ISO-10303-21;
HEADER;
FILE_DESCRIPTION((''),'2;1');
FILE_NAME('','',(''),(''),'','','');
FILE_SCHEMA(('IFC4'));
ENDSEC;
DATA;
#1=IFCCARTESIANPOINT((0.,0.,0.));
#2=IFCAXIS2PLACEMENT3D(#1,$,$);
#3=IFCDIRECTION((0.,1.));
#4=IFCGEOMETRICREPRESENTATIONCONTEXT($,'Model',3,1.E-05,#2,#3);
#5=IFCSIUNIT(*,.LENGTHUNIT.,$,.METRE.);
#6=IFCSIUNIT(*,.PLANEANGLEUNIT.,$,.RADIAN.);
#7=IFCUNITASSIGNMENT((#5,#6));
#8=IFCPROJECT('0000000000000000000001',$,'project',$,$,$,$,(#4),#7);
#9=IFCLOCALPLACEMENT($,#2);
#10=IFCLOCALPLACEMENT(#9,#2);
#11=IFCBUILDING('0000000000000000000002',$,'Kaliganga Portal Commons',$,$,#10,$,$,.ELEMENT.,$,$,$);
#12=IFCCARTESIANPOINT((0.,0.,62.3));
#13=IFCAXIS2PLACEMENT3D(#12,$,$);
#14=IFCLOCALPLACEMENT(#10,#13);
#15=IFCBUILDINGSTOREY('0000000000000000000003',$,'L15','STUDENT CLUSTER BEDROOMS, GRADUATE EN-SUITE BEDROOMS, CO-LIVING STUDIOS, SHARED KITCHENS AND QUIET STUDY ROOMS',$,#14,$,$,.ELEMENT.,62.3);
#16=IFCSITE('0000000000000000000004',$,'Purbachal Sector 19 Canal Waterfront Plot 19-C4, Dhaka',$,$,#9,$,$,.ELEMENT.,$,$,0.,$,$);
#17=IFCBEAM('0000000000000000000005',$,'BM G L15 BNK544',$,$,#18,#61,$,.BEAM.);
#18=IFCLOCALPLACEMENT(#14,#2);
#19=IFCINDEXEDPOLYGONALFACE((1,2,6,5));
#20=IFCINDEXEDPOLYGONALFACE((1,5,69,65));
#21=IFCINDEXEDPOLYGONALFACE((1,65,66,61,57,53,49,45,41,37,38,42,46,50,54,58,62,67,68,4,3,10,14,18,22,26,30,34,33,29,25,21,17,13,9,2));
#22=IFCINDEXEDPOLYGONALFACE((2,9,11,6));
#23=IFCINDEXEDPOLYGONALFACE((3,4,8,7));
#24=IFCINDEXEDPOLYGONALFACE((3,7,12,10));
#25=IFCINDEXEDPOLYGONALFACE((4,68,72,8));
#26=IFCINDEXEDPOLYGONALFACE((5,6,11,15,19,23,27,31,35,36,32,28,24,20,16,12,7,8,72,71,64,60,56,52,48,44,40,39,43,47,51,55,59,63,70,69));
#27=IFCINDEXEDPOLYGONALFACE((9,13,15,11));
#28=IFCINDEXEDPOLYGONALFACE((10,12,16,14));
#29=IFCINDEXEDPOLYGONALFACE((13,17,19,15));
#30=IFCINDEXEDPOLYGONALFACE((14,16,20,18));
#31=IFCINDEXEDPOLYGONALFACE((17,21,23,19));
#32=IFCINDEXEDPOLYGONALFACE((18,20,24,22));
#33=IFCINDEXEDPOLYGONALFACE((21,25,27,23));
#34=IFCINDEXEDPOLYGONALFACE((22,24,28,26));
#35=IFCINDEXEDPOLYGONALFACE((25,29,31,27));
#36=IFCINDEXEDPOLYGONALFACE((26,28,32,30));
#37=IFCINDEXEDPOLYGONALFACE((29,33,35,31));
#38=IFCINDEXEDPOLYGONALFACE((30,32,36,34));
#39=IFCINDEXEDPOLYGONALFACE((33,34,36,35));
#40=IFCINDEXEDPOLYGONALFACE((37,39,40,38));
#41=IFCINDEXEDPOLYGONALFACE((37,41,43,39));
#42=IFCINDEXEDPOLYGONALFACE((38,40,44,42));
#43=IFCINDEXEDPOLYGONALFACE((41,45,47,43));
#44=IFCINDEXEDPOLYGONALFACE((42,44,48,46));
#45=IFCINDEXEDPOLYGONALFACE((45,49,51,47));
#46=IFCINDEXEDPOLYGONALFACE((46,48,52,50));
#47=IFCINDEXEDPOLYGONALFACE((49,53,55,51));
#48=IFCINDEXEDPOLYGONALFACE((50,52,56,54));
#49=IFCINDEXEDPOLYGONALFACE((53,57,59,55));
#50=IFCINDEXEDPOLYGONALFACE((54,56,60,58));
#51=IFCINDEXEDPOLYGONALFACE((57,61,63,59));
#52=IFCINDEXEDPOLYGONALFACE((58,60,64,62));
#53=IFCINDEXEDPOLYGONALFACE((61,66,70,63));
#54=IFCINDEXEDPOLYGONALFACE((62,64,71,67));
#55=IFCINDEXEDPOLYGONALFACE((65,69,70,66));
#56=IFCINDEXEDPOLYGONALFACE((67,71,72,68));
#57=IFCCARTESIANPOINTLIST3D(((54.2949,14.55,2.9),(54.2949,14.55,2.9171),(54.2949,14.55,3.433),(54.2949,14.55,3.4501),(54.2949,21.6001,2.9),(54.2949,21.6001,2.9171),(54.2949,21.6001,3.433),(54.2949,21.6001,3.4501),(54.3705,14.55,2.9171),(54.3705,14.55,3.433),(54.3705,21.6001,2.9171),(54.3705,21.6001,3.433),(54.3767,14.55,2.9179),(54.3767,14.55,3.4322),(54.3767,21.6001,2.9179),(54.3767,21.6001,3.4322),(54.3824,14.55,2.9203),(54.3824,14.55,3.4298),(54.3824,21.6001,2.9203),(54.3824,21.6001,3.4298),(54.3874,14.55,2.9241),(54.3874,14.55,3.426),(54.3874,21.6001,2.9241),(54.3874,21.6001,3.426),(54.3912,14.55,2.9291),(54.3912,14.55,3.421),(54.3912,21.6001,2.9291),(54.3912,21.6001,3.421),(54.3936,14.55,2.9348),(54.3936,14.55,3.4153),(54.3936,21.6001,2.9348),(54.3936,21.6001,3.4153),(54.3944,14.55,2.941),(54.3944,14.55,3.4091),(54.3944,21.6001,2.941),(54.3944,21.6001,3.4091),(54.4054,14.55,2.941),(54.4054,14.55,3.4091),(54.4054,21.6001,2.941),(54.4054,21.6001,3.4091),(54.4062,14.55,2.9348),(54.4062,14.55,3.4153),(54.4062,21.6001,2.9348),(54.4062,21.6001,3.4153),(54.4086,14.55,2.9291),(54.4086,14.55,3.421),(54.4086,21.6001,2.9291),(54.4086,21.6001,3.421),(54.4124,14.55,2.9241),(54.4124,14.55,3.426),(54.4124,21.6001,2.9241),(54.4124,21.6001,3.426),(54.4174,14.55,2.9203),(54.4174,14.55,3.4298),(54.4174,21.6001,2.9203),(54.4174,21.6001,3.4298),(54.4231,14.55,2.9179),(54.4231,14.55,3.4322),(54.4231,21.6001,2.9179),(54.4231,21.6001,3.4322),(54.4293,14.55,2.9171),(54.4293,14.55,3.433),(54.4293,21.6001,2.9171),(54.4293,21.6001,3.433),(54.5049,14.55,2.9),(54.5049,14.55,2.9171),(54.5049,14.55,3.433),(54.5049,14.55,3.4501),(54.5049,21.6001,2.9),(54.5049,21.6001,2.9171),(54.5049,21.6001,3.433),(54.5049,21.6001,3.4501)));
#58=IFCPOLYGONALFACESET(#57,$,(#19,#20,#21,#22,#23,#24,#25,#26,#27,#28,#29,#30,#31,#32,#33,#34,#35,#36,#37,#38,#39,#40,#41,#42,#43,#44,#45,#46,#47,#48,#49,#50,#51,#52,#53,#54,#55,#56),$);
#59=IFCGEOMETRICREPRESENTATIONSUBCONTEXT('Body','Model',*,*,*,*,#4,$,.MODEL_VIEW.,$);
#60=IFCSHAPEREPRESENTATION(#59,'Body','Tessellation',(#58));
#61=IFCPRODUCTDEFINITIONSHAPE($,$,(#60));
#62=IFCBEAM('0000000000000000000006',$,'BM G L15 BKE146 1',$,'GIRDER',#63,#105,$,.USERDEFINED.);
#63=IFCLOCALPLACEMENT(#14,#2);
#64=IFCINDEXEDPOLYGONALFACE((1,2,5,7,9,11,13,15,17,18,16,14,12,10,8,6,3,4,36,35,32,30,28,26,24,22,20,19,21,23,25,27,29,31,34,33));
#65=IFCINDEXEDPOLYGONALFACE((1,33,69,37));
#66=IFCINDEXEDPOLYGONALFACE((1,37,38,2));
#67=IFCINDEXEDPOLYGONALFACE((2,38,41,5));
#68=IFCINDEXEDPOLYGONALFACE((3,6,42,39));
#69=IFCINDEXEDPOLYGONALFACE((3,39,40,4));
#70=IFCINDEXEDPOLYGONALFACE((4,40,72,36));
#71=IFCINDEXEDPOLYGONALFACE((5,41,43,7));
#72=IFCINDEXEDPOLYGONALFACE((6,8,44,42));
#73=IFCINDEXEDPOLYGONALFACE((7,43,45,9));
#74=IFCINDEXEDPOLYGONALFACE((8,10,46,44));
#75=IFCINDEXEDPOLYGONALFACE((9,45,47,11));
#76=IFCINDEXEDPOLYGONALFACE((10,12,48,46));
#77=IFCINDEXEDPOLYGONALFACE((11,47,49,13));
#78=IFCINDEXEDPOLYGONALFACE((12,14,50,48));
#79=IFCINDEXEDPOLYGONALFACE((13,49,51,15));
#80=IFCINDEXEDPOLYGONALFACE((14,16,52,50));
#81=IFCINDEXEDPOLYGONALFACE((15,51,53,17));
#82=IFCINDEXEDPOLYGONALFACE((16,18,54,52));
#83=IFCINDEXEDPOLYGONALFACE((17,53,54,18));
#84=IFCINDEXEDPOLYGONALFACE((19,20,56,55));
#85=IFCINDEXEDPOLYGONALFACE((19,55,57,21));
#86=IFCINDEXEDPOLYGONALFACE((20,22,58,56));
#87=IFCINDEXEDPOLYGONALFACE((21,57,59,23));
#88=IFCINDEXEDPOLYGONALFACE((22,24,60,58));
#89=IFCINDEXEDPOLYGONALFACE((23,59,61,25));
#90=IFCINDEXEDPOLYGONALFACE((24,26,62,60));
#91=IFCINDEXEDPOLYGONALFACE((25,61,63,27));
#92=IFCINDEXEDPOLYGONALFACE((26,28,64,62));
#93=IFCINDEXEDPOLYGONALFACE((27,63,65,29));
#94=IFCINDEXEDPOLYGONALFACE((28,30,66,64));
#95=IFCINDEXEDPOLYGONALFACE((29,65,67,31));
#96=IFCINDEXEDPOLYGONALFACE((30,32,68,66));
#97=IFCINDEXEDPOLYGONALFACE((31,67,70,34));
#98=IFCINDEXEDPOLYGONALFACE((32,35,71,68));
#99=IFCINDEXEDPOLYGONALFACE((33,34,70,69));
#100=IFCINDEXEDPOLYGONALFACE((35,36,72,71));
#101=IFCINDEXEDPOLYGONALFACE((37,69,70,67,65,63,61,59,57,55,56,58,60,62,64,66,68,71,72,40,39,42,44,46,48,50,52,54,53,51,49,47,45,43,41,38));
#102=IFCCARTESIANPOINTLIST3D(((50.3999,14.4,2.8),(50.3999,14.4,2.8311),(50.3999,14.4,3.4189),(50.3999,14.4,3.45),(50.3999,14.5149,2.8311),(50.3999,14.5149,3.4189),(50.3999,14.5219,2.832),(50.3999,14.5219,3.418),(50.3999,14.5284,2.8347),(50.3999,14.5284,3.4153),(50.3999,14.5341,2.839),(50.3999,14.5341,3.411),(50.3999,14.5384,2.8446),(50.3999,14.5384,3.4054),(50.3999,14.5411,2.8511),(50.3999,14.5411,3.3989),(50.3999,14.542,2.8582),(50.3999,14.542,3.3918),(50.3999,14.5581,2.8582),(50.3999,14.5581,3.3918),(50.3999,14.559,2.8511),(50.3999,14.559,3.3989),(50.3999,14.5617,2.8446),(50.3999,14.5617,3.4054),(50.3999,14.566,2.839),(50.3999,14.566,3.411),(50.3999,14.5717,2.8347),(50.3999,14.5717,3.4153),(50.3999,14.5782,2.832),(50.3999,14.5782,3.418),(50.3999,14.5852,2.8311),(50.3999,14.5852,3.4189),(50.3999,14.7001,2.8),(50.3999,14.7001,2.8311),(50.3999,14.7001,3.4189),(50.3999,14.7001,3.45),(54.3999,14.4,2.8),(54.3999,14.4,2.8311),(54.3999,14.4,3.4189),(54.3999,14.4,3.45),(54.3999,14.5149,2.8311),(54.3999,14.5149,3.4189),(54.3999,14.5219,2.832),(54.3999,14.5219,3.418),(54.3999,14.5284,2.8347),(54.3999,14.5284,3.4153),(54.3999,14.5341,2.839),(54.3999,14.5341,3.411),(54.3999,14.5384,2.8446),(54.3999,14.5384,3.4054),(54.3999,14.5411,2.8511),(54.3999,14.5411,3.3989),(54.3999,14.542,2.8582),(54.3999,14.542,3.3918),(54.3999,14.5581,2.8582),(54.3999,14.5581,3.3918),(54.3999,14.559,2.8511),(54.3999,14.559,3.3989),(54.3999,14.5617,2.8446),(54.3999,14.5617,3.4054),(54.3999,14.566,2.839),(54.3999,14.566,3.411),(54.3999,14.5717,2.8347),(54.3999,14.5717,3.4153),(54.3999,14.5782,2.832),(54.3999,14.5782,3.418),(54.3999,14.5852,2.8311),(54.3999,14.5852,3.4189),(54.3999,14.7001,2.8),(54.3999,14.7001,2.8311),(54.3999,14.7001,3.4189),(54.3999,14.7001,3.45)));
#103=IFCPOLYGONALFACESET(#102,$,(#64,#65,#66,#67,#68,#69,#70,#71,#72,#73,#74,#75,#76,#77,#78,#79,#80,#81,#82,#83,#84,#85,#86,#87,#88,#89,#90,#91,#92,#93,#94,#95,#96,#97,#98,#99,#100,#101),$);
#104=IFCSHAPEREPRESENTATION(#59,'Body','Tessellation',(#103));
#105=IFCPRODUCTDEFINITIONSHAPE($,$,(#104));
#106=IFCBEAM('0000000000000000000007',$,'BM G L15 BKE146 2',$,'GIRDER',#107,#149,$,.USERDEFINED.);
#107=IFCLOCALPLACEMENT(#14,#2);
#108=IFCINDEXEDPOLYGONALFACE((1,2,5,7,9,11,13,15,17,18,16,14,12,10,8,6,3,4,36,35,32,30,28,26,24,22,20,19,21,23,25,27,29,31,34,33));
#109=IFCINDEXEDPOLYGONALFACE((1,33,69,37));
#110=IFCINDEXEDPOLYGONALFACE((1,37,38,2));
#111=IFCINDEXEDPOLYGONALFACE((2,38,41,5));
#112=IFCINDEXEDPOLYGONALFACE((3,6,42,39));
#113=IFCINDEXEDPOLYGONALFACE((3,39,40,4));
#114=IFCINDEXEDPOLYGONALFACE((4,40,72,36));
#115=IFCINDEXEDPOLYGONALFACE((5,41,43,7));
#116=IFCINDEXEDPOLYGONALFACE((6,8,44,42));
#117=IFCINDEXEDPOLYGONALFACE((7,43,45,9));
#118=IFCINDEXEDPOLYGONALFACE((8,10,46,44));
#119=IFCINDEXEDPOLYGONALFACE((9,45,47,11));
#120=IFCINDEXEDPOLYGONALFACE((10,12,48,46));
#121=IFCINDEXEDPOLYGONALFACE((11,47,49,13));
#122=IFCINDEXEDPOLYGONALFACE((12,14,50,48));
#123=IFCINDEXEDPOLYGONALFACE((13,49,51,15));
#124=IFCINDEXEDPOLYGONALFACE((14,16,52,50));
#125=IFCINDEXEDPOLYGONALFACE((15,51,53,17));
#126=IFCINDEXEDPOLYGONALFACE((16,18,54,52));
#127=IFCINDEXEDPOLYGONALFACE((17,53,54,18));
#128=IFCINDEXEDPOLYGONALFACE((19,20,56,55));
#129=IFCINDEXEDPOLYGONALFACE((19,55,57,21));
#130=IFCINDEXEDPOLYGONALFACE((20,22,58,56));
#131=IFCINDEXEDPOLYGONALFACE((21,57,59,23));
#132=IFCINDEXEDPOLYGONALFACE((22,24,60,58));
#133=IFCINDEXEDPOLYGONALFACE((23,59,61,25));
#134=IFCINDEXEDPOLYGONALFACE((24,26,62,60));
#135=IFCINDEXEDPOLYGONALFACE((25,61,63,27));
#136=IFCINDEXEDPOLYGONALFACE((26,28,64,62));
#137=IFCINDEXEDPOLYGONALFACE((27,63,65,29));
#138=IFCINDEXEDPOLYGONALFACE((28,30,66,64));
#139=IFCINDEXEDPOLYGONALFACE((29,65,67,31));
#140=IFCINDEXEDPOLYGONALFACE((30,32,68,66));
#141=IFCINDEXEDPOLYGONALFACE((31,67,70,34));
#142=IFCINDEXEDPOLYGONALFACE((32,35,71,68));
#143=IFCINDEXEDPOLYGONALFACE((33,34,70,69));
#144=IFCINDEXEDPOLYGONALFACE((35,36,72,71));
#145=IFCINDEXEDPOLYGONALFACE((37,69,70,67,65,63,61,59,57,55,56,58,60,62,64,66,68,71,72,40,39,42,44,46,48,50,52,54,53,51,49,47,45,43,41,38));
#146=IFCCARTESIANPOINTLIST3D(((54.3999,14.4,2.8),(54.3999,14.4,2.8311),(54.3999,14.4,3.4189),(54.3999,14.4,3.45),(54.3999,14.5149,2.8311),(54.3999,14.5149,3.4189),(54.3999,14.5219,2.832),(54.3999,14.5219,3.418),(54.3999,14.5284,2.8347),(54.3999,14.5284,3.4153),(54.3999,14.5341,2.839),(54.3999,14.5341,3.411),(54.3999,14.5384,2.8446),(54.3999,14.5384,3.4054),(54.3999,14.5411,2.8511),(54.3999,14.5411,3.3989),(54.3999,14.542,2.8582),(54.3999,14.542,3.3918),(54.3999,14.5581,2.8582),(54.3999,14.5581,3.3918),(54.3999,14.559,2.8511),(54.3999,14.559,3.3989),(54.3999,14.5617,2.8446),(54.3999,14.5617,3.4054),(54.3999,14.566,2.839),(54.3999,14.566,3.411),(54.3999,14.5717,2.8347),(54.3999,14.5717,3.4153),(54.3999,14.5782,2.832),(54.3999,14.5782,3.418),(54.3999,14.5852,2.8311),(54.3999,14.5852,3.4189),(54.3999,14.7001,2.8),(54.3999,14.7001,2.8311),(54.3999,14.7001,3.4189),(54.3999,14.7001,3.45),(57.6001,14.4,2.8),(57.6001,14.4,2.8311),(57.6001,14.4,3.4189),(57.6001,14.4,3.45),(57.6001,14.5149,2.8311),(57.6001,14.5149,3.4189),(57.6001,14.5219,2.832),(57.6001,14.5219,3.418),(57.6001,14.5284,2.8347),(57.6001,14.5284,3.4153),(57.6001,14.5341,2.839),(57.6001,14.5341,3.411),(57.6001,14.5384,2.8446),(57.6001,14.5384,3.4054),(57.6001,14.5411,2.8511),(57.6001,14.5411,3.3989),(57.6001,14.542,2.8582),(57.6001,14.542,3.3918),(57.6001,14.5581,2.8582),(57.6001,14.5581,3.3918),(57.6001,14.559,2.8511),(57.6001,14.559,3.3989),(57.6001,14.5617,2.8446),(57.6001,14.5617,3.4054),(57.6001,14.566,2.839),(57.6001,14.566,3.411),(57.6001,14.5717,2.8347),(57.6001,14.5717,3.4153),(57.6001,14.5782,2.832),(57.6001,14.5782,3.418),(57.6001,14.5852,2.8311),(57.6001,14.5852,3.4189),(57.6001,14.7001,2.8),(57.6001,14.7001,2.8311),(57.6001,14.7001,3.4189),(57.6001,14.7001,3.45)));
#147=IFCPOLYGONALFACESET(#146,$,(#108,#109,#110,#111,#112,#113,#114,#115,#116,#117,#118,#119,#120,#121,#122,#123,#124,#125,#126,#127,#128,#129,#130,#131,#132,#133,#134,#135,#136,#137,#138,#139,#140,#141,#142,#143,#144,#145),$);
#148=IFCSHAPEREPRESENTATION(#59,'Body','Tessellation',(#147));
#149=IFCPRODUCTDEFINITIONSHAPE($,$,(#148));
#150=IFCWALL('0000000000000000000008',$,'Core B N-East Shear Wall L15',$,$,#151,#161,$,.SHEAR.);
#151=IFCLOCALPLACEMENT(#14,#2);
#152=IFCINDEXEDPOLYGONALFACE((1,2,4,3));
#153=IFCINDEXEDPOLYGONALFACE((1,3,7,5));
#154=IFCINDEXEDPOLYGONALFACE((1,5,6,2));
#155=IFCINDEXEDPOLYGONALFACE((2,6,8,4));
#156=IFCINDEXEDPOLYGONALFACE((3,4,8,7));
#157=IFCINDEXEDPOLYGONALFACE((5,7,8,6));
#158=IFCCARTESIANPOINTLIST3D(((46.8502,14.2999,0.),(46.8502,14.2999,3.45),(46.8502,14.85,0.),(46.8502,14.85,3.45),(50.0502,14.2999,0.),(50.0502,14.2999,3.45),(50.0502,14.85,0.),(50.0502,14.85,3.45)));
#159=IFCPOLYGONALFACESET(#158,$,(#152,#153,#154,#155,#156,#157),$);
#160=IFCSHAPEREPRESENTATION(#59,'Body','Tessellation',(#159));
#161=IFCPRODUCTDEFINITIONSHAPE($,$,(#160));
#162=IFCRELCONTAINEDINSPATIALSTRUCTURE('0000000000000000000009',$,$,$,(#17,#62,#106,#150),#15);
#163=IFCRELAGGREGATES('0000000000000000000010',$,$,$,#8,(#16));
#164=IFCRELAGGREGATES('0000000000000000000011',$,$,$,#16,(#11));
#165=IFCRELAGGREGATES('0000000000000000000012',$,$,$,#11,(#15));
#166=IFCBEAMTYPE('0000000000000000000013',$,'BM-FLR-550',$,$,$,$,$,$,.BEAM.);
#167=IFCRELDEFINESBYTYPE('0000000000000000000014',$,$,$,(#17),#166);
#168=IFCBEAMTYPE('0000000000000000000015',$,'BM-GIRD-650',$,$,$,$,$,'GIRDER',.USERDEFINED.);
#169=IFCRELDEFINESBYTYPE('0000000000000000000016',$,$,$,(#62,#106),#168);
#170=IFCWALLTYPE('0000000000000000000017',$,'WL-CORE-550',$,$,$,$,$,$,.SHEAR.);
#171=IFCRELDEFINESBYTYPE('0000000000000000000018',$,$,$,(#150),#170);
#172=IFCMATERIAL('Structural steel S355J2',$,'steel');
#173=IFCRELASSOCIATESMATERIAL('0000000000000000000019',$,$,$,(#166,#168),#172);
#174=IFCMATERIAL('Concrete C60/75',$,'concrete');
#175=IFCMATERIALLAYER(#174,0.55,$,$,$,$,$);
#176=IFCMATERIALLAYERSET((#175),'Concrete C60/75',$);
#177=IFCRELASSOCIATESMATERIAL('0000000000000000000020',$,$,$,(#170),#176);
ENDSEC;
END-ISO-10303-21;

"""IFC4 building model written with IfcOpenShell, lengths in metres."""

from ifc_helpers import new_model, si_unit, direction, frame, frame_2d, origin, origin_2d, place, context, subcontext, project, spatial, rectangle, i_section, extrude, source, transform, mapped, material, layer, layer_set, material_profile, profile_set, type_object, element, save


model = new_model("IFC4")

# Units and contexts
model_context = context("Model", 3, precision=1e-05, world=origin(), true_north=direction((0.0, 1.0)))
body_context = subcontext(model_context, "Body", "Model", "MODEL_VIEW")
ifc_project = project(units=[si_unit("LENGTHUNIT", "METRE"), si_unit("PLANEANGLEUNIT", "RADIAN")], contexts=[model_context])

# Site, building, storey
site_placement = place(None, origin())
site = spatial("IfcSite", under=ifc_project, at=site_placement, Name="Purbachal Sector 19 Canal Waterfront Plot 19-C4, Dhaka", CompositionType="ELEMENT", RefElevation=0.0)
building_placement = place(site_placement, origin())
building = spatial("IfcBuilding", under=site, at=building_placement, Name="Kaliganga Portal Commons", CompositionType="ELEMENT")
storey_placement = place(building_placement, frame((0.0, 0.0, 62.3)))
storey = spatial("IfcBuildingStorey", under=building, at=storey_placement, Name="L15", Description="STUDENT CLUSTER BEDROOMS, GRADUATE EN-SUITE BEDROOMS, CO-LIVING STUDIOS, SHARED KITCHENS AND QUIET STUDY ROOMS", CompositionType="ELEMENT", Elevation=62.3)

# Beams
ifc_material_1 = material(Name="Structural steel S355J2", Category="steel")
ifc_material_profile_1 = material_profile(ifc_material_1, i_section(OverallWidth=0.21, OverallDepth=0.55, WebThickness=0.011, FlangeThickness=0.0171, FilletRadius=0.0239, at=origin_2d()), Name="IPE 550")
ifc_profile_set_1 = profile_set([ifc_material_profile_1], Name="Structural steel S355J2 wide-flange")
beam_type_1 = type_object("IfcBeamType", Name="BM-FLR-550", PredefinedType="BEAM", material=ifc_profile_set_1)
shared_shape_1 = source(origin(), body_context, "Body", "SweptSolid", [
    extrude(i_section(OverallWidth=0.21, OverallDepth=0.55, WebThickness=0.011, FlangeThickness=0.0171, FilletRadius=0.0239, at=origin_2d()), origin(), (0.0, 0.0, 1.0), 7.05),
])
for number, where, z_axis, x_axis, name in (
    (1, (54.3999, 14.55, 3.175), (0.0, 1.0, 0.0), (-1.0, 0.0, 0.0), "BM G L15 BNK544"),
):
    element("IfcBeam", number, at=place(storey_placement, frame(where, z_axis=z_axis, x_axis=x_axis)), inside=storey, type_object=beam_type_1, Name=name, PredefinedType="BEAM", context=body_context, shape_type="MappedRepresentation", body=[
        mapped(shared_shape_1, transform((0.0, 0.0, 0.0), x_axis=(1.0, 0.0, 0.0), y_axis=(0.0, 1.0, 0.0), z_axis=(0.0, 0.0, 1.0), scale=1.0)),
    ])
ifc_material_profile_2 = material_profile(ifc_material_1, i_section(OverallWidth=0.3, OverallDepth=0.6499, WebThickness=0.0161, FlangeThickness=0.031, FilletRadius=0.0271, at=origin_2d()), Name="HE 650 B")
ifc_profile_set_2 = profile_set([ifc_material_profile_2], Name="Structural steel S355J2 wide-flange")
beam_type_2 = type_object("IfcBeamType", Name="BM-GIRD-650", ElementType="GIRDER", PredefinedType="USERDEFINED", material=ifc_profile_set_2)
shared_shape_2 = source(origin(), body_context, "Body", "SweptSolid", [
    extrude(i_section(OverallWidth=0.3, OverallDepth=0.6499, WebThickness=0.0161, FlangeThickness=0.031, FilletRadius=0.0271, at=origin_2d()), origin(), (0.0, 0.0, 1.0), 4.0),
])
beam_1_placement = place(storey_placement, frame((50.3999, 14.55, 3.125), z_axis=(1.0, 0.0, 0.0), x_axis=(0.0, 1.0, 0.0)))
element("IfcBeam", 2, at=beam_1_placement, inside=storey, type_object=beam_type_2, Name="BM G L15 BKE146 1", ObjectType="GIRDER", PredefinedType="USERDEFINED", context=body_context, shape_type="MappedRepresentation", body=[
    mapped(shared_shape_2, transform((0.0, 0.0, 0.0), x_axis=(1.0, 0.0, 0.0), y_axis=(0.0, 1.0, 0.0), z_axis=(0.0, 0.0, 1.0), scale=1.0)),
])
shared_shape_3 = source(origin(), body_context, "Body", "SweptSolid", [
    extrude(i_section(OverallWidth=0.3, OverallDepth=0.6499, WebThickness=0.0161, FlangeThickness=0.031, FilletRadius=0.0271, at=origin_2d()), origin(), (0.0, 0.0, 1.0), 3.2002),
])
beam_2_placement = place(storey_placement, frame((54.3999, 14.55, 3.125), z_axis=(1.0, 0.0, 0.0), x_axis=(0.0, 1.0, 0.0)))
element("IfcBeam", 3, at=beam_2_placement, inside=storey, type_object=beam_type_2, Name="BM G L15 BKE146 2", ObjectType="GIRDER", PredefinedType="USERDEFINED", context=body_context, shape_type="MappedRepresentation", body=[
    mapped(shared_shape_3, transform((0.0, 0.0, 0.0), x_axis=(1.0, 0.0, 0.0), y_axis=(0.0, 1.0, 0.0), z_axis=(0.0, 0.0, 1.0), scale=1.0)),
])

# Wall
ifc_material_2 = material(Name="Concrete C60/75", Category="concrete")
ifc_layer_1 = layer(ifc_material_2, 0.55)
ifc_layer_set_1 = layer_set([ifc_layer_1], Name="Concrete C60/75")
wall_type_1 = type_object("IfcWallType", Name="WL-CORE-550", PredefinedType="SHEAR", material=ifc_layer_set_1)
wall_1_placement = place(storey_placement, frame((46.8501, 14.575, 0.0), z_axis=(0.0, 0.0, 1.0), x_axis=(1.0, 0.0, 0.0)))
element("IfcWall", 4, at=wall_1_placement, inside=storey, type_object=wall_type_1, Name="Core B N-East Shear Wall L15", PredefinedType="SHEAR", context=body_context, shape_type="SweptSolid", body=[
    extrude(rectangle(XDim=3.2, YDim=0.55, at=frame_2d((1.6001, 0.0))), origin(), (0.0, 0.0, 1.0), 3.45),
])

save(model, "model.ifc")
